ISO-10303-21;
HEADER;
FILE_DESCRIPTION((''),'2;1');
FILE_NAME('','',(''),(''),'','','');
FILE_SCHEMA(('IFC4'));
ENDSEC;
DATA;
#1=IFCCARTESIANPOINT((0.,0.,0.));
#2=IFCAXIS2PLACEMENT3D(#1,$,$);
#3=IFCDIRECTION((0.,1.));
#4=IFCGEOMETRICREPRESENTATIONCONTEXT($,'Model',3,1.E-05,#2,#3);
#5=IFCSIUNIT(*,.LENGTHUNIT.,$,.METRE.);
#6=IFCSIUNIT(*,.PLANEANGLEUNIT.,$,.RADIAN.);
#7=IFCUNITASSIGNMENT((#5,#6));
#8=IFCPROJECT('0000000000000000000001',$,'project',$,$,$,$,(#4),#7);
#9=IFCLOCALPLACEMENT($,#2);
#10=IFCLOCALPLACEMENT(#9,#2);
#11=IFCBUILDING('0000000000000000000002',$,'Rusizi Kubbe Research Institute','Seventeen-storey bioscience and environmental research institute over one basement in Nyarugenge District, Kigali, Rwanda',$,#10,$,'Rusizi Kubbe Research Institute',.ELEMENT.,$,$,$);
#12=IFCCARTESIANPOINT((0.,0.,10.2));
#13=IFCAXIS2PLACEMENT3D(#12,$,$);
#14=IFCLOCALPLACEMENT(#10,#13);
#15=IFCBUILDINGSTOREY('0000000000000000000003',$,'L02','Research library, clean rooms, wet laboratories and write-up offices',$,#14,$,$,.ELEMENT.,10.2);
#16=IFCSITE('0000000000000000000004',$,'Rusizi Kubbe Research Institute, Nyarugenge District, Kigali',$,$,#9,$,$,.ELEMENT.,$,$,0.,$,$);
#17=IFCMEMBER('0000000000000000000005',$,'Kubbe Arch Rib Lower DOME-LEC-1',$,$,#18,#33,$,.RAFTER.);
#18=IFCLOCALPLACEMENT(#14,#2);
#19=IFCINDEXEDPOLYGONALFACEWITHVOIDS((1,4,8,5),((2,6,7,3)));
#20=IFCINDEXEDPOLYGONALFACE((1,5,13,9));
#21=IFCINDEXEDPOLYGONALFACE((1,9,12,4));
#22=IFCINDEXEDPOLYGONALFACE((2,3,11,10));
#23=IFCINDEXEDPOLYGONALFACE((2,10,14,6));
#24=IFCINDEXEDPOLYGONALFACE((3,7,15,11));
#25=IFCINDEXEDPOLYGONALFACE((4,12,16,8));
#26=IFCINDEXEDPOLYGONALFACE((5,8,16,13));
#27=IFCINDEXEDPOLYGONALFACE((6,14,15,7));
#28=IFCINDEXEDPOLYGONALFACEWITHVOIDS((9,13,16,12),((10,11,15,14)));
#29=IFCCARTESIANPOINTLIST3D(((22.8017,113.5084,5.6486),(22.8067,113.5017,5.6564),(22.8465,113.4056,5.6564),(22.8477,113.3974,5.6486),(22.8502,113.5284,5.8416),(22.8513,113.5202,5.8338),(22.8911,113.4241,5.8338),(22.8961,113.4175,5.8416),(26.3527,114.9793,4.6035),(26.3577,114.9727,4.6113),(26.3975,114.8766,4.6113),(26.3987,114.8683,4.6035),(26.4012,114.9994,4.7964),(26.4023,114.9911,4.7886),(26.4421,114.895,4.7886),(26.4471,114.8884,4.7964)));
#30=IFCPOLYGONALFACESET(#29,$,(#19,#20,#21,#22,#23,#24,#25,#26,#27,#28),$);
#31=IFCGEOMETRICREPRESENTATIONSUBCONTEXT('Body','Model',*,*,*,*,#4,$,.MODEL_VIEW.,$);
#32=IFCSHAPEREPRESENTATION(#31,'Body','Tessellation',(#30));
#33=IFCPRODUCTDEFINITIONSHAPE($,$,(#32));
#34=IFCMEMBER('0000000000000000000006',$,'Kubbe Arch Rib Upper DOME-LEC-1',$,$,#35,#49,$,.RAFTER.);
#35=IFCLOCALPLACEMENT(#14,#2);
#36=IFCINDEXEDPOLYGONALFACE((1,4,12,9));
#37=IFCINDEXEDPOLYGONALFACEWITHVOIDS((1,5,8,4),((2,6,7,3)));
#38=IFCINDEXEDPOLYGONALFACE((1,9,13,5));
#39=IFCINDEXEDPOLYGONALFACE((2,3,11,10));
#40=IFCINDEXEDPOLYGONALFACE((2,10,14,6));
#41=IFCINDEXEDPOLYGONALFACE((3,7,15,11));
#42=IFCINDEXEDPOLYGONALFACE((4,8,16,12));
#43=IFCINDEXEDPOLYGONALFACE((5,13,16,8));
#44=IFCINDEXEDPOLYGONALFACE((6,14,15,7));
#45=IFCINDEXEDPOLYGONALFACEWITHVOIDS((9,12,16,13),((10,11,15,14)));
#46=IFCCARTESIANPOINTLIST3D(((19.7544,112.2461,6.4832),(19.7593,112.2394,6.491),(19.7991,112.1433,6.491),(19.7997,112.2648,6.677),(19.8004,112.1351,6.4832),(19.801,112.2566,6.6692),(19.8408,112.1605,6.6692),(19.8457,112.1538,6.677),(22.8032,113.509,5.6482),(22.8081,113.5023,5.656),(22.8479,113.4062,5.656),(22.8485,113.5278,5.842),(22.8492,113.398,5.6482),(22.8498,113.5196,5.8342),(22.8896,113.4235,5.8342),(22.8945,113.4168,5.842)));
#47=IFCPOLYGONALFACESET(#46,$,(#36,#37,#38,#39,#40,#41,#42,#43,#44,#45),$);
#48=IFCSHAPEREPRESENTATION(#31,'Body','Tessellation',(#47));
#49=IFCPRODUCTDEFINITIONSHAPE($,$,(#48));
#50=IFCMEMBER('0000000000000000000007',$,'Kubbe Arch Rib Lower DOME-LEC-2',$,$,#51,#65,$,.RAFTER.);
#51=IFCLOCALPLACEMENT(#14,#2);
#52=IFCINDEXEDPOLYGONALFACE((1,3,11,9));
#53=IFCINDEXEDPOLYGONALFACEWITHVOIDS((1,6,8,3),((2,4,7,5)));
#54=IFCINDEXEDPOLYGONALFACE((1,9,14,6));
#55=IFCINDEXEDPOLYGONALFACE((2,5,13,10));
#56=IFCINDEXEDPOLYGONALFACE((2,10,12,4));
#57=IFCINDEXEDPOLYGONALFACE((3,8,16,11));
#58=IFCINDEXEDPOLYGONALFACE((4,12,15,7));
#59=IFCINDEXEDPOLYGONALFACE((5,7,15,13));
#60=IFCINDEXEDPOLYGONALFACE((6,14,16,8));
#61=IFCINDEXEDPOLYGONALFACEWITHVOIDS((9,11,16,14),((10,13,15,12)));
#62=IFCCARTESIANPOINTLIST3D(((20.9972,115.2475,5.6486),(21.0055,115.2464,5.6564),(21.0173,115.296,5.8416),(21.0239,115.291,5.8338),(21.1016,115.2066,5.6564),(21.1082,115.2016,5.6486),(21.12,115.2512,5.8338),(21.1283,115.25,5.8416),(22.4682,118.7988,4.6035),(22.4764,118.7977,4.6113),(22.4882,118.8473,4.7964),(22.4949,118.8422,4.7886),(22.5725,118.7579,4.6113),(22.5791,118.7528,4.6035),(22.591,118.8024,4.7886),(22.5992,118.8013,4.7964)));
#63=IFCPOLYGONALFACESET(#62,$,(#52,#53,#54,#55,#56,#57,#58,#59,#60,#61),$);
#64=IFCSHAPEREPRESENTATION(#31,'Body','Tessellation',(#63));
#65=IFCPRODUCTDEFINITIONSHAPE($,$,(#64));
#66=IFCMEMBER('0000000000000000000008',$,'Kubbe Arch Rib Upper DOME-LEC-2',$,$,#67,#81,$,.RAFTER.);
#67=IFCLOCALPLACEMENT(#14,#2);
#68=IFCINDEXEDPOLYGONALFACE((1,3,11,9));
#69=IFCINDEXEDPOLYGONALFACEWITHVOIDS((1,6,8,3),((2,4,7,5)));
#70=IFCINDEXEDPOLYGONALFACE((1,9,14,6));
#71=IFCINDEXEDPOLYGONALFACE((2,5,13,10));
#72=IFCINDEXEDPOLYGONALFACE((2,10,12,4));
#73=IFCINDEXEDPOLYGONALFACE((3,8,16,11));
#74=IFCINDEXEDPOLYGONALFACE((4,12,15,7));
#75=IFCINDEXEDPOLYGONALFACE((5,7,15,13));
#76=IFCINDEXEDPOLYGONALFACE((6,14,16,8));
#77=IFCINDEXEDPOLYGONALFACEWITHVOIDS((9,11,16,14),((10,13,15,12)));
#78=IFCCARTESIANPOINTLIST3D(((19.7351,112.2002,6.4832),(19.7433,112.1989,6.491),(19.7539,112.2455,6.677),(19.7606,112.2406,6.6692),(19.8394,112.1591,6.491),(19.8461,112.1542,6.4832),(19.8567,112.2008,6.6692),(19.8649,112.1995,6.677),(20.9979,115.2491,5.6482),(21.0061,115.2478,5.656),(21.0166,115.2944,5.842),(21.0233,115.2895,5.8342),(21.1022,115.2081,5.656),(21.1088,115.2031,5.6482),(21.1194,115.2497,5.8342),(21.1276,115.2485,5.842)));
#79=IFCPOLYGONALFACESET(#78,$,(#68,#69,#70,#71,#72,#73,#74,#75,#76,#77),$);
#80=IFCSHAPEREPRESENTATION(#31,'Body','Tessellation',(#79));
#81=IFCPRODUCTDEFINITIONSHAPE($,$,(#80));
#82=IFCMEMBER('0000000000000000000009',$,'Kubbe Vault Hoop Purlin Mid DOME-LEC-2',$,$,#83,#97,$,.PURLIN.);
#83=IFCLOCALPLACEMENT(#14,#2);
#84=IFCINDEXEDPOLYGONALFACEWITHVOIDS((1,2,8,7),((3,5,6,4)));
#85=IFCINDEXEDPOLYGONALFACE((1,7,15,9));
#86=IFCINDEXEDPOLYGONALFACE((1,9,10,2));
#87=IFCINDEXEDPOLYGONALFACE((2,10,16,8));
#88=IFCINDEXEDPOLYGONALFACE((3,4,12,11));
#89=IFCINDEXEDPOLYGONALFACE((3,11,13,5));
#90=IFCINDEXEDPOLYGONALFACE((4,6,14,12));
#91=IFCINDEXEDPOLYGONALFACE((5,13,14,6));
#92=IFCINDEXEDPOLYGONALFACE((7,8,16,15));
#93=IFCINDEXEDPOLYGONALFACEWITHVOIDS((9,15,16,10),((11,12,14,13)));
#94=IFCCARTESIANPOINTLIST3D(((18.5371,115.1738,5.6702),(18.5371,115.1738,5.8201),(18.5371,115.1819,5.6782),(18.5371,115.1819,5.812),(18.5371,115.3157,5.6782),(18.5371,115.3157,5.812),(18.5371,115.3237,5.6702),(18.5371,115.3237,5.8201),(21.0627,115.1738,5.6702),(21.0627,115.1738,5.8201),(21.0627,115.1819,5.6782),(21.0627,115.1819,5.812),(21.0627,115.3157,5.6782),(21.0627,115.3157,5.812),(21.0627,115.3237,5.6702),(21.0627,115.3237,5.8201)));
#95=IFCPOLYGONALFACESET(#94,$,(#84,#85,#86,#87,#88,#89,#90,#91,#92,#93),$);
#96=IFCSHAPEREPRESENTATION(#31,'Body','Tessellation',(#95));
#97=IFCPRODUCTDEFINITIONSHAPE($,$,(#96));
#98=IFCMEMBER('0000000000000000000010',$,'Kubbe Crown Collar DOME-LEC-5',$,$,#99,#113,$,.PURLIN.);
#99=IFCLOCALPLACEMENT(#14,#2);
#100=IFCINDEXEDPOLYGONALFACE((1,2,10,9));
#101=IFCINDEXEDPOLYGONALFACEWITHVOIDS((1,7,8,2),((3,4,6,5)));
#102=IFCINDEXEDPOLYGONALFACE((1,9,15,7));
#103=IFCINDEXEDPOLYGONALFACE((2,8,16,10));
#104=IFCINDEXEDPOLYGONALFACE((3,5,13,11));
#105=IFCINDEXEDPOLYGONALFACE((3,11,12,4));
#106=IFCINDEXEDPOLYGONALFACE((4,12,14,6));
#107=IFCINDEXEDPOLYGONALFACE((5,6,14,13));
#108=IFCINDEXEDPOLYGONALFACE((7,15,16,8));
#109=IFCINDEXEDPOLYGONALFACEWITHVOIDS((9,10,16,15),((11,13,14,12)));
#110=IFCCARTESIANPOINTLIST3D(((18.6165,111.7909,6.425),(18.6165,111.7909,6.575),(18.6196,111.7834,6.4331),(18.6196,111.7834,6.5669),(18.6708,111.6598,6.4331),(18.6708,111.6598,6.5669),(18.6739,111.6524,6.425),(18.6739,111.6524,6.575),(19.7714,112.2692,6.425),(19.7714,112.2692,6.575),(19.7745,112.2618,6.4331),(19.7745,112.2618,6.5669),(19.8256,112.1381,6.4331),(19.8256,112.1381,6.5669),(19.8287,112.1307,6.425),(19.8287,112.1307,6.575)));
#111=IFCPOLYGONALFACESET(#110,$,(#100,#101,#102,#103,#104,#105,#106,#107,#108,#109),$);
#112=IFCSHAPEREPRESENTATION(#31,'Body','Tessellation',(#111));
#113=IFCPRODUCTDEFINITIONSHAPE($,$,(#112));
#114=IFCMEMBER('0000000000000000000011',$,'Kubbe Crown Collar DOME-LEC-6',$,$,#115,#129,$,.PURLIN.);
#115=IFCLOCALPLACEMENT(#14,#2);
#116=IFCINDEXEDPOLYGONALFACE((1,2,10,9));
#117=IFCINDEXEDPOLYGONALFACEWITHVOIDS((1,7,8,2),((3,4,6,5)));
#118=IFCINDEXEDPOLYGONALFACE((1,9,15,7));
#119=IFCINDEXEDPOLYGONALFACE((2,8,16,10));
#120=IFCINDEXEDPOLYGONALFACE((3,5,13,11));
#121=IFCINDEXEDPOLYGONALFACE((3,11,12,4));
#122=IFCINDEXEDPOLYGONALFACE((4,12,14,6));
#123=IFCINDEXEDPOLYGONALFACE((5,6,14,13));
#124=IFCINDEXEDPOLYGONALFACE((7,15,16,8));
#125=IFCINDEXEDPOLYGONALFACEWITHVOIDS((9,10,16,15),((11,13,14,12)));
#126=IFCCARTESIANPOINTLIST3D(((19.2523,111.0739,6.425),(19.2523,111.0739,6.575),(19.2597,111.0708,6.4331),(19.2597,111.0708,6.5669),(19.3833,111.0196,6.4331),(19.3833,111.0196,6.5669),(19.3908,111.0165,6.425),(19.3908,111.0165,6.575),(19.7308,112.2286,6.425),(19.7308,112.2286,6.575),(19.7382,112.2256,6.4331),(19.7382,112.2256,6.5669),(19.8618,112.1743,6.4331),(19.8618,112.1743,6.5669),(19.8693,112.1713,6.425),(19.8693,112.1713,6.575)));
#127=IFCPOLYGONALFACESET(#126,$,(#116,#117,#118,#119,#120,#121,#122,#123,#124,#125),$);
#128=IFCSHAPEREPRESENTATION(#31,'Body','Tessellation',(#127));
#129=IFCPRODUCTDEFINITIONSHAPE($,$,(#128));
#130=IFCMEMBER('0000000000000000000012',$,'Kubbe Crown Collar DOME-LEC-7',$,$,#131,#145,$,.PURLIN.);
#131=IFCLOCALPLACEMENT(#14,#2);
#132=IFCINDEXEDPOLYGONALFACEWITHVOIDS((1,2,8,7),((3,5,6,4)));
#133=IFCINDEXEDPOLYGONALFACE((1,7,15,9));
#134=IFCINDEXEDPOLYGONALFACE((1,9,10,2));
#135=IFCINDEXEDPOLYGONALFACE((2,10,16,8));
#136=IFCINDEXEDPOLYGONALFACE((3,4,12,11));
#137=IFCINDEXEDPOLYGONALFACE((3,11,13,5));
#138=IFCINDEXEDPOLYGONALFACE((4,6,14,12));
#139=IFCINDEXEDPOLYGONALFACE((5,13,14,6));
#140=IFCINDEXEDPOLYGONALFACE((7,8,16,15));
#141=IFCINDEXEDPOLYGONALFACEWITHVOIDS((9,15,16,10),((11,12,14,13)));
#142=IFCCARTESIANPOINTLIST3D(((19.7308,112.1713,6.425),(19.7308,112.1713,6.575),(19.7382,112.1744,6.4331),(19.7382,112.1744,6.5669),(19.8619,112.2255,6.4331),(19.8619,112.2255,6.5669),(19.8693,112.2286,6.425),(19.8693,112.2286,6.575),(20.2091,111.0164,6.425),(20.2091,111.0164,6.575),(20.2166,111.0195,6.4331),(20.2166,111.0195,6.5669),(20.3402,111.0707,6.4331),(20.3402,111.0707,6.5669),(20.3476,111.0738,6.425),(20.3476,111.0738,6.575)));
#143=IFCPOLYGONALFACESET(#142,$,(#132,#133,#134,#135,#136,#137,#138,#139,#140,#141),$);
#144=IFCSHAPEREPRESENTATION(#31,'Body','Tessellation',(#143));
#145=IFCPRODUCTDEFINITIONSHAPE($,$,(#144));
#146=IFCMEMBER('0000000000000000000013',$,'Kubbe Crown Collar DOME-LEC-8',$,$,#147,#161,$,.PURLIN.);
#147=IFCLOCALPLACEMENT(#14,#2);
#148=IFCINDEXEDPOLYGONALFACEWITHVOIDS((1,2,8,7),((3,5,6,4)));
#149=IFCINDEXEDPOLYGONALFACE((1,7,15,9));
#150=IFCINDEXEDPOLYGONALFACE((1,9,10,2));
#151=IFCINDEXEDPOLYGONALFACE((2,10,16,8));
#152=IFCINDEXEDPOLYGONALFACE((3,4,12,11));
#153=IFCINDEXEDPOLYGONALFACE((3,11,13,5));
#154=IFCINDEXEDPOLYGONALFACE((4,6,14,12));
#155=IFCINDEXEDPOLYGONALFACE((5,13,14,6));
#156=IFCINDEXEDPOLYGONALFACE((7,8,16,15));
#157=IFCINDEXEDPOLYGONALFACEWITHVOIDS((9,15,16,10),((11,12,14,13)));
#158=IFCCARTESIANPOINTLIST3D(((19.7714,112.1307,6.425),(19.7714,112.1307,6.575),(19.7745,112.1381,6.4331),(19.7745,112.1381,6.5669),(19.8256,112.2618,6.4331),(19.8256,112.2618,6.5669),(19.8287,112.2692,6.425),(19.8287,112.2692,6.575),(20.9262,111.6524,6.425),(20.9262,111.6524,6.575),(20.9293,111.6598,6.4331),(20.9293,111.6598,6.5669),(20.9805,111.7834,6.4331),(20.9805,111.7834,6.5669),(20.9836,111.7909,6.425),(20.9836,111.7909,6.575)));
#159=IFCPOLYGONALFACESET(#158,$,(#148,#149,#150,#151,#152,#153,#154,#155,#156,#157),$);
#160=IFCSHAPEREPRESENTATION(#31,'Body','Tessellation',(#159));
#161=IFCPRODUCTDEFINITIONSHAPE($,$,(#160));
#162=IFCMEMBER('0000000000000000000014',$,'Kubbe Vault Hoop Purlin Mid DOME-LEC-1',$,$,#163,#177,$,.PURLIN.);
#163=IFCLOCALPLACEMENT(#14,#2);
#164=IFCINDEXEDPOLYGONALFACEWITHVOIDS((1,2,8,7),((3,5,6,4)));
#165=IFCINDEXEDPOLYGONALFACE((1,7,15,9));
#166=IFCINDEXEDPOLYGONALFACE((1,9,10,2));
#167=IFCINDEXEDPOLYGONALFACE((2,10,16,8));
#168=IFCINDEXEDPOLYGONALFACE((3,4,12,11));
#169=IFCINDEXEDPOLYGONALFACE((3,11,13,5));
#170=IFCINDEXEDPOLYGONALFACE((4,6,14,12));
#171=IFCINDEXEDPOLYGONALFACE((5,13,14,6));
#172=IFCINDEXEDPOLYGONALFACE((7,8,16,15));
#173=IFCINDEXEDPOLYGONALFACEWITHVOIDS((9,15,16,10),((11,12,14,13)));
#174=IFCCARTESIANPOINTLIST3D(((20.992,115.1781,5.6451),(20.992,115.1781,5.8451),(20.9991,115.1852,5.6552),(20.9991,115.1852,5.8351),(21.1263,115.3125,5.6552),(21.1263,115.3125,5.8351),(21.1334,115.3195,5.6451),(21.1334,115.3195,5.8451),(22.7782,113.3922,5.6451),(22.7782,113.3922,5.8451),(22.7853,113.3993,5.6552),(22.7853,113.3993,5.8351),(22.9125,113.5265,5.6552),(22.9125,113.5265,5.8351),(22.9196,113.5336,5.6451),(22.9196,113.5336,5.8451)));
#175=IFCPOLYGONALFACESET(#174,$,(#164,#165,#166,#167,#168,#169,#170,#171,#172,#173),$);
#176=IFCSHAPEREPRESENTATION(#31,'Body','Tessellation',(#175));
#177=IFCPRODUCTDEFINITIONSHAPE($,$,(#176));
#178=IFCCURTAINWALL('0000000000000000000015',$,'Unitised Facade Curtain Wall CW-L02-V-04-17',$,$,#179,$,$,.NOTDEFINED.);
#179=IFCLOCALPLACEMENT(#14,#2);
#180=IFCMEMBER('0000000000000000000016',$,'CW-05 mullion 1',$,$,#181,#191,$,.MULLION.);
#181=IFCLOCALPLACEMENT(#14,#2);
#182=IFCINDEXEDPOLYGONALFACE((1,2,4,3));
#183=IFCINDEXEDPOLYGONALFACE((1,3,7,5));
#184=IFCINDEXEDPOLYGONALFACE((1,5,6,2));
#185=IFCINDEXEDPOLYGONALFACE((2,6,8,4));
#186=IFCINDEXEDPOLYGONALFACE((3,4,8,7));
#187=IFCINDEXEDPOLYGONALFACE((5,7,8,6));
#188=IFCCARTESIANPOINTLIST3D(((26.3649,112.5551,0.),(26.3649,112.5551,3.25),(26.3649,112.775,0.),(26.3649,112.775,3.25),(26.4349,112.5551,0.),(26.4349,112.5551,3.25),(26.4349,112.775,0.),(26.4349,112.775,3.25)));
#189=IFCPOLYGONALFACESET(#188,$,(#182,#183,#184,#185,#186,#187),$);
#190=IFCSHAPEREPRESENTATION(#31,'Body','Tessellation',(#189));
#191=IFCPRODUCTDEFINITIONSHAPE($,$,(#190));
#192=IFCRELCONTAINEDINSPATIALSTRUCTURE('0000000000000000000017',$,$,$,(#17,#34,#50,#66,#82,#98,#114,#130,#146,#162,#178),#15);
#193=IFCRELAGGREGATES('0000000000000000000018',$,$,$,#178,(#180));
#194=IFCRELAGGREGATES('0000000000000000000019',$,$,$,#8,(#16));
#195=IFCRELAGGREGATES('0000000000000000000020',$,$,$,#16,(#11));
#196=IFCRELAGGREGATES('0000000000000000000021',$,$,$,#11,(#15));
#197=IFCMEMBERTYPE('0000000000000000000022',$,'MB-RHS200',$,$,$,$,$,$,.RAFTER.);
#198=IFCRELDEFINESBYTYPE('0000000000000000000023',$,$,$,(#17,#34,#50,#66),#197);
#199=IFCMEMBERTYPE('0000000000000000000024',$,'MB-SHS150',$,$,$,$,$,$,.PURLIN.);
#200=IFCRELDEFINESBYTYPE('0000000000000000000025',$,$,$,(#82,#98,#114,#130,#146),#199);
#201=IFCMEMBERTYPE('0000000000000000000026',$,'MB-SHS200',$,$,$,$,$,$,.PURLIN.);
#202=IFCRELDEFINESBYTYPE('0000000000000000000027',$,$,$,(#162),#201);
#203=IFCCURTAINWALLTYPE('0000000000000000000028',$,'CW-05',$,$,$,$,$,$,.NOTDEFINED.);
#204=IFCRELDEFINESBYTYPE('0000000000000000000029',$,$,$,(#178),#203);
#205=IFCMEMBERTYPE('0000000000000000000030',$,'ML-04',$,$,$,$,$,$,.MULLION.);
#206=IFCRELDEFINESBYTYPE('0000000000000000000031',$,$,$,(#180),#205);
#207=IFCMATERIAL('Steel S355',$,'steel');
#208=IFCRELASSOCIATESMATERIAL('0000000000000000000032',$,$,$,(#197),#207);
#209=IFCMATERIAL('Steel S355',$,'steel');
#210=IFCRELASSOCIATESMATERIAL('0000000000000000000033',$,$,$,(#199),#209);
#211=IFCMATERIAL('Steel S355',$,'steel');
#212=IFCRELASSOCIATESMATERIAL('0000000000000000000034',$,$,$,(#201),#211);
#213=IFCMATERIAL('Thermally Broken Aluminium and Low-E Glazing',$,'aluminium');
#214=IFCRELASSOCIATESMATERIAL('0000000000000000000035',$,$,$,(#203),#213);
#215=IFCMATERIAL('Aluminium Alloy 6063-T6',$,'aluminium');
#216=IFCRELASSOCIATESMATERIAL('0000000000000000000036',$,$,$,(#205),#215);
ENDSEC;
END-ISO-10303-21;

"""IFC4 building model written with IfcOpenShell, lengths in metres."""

from ifc_helpers import new_model, si_unit, direction, frame, origin, origin_2d, place, context, subcontext, project, spatial, rectangle, hollow_rectangle, extrude, material, material_profile, profile_set, type_object, element, aggregate, save


model = new_model("IFC4")

# Units and contexts
model_context = context("Model", 3, precision=1e-05, world=origin(), true_north=direction((0.0, 1.0)))
body_context = subcontext(model_context, "Body", "Model", "MODEL_VIEW")
ifc_project = project(units=[si_unit("LENGTHUNIT", "METRE"), si_unit("PLANEANGLEUNIT", "RADIAN")], contexts=[model_context])

# Site, building, storey
site_placement = place(None, origin())
site = spatial("IfcSite", under=ifc_project, at=site_placement, Name="Rusizi Kubbe Research Institute, Nyarugenge District, Kigali", CompositionType="ELEMENT", RefElevation=0.0)
building_placement = place(site_placement, origin())
building = spatial("IfcBuilding", under=site, at=building_placement, Name="Rusizi Kubbe Research Institute", Description="Seventeen-storey bioscience and environmental research institute over one basement in Nyarugenge District, Kigali, Rwanda", LongName="Rusizi Kubbe Research Institute", CompositionType="ELEMENT")
storey_placement = place(building_placement, frame((0.0, 0.0, 10.2)))
storey = spatial("IfcBuildingStorey", under=building, at=storey_placement, Name="L02", Description="Research library, clean rooms, wet laboratories and write-up offices", CompositionType="ELEMENT", Elevation=10.2)

# Members
ifc_material_1 = material(Name="Steel S355", Category="steel")
ifc_material_profile_1 = material_profile(ifc_material_1, hollow_rectangle(XDim=0.1201, YDim=0.2, WallThickness=0.0081, at=origin_2d()), Name="RHS 200x120x8.0")
ifc_profile_set_1 = profile_set([ifc_material_profile_1], Name="Steel S355")
member_type_1 = type_object("IfcMemberType", Name="MB-RHS200", PredefinedType="RAFTER", material=ifc_profile_set_1)
member_1_placement = place(storey_placement, frame((26.3999, 114.9338, 4.7), z_axis=(-0.891502, -0.369288, 0.262394), x_axis=(0.382698, -0.923874, 0.0)))
element("IfcMember", 1, at=member_1_placement, inside=storey, type_object=member_type_1, Name="Kubbe Arch Rib Lower DOME-LEC-1", PredefinedType="RAFTER", context=body_context, shape_type="SweptSolid", body=[
    extrude(hollow_rectangle(XDim=0.1201, YDim=0.2, WallThickness=0.0081, at=origin_2d()), origin(), (0.0, 0.0, 1.0), 3.9832),
])
member_2_placement = place(storey_placement, frame((22.8489, 113.4629, 5.7451), z_axis=(-0.895648, -0.371011, 0.245285), x_axis=(0.382702, -0.923872, 0.0)))
element("IfcMember", 2, at=member_2_placement, inside=storey, type_object=member_type_1, Name="Kubbe Arch Rib Upper DOME-LEC-1", PredefinedType="RAFTER", context=body_context, shape_type="SweptSolid", body=[
    extrude(hollow_rectangle(XDim=0.1201, YDim=0.2, WallThickness=0.0081, at=origin_2d()), origin(), (0.0, 0.0, 1.0), 3.4041),
])
member_3_placement = place(storey_placement, frame((22.5337, 118.8, 4.7), z_axis=(-0.369268, -0.891514, 0.26238), x_axis=(0.923883, -0.382675, 0.0)))
element("IfcMember", 3, at=member_3_placement, inside=storey, type_object=member_type_1, Name="Kubbe Arch Rib Lower DOME-LEC-2", PredefinedType="RAFTER", context=body_context, shape_type="SweptSolid", body=[
    extrude(hollow_rectangle(XDim=0.1201, YDim=0.2, WallThickness=0.0081, at=origin_2d()), origin(), (0.0, 0.0, 1.0), 3.9834),
])
member_4_placement = place(storey_placement, frame((21.0627, 115.2488, 5.7451), z_axis=(-0.370949, -0.895672, 0.245291), x_axis=(0.923898, -0.382639, 0.0)))
element("IfcMember", 4, at=member_4_placement, inside=storey, type_object=member_type_1, Name="Kubbe Arch Rib Upper DOME-LEC-2", PredefinedType="RAFTER", context=body_context, shape_type="SweptSolid", body=[
    extrude(hollow_rectangle(XDim=0.1201, YDim=0.2, WallThickness=0.0081, at=origin_2d()), origin(), (0.0, 0.0, 1.0), 3.4041),
])
ifc_material_2 = material(Name="Steel S355", Category="steel")
ifc_material_profile_2 = material_profile(ifc_material_2, hollow_rectangle(XDim=0.1499, YDim=0.1499, WallThickness=0.0081, at=origin_2d()), Name="SHS 150x150x8.0")
ifc_profile_set_2 = profile_set([ifc_material_profile_2], Name="Steel S355")
member_type_2 = type_object("IfcMemberType", Name="MB-SHS150", PredefinedType="PURLIN", material=ifc_profile_set_2)
member_5_placement = place(storey_placement, frame((21.0627, 115.2488, 5.7451), z_axis=(-1.0, 0.0, 0.0), x_axis=(0.0, -1.0, 0.0)))
element("IfcMember", 5, at=member_5_placement, inside=storey, type_object=member_type_2, Name="Kubbe Vault Hoop Purlin Mid DOME-LEC-2", PredefinedType="PURLIN", context=body_context, shape_type="SweptSolid", body=[
    extrude(hollow_rectangle(XDim=0.1499, YDim=0.1499, WallThickness=0.0081, at=origin_2d()), origin(), (0.0, 0.0, 1.0), 2.5256),
])
for number, where, z_axis, x_axis, name in (
    (6, (19.8, 112.2, 6.5), (-0.923895, -0.382645, 0.0), (0.382645, -0.923895, 0.0), "Kubbe Crown Collar DOME-LEC-5"),
    (7, (19.8, 112.2, 6.5), (-0.382812, -0.923826, 0.0), (0.923826, -0.382812, 0.0), "Kubbe Crown Collar DOME-LEC-6"),
    (8, (19.8, 112.2, 6.5), (0.382645, -0.923895, 0.0), (0.923895, 0.382645, 0.0), "Kubbe Crown Collar DOME-LEC-7"),
    (9, (19.8, 112.2, 6.5), (0.923895, -0.382645, 0.0), (0.382645, 0.923895, 0.0), "Kubbe Crown Collar DOME-LEC-8"),
):
    element("IfcMember", number, at=place(storey_placement, frame(where, z_axis=z_axis, x_axis=x_axis)), inside=storey, type_object=member_type_2, Name=name, PredefinedType="PURLIN", context=body_context, shape_type="SweptSolid", body=[
        extrude(hollow_rectangle(XDim=0.1499, YDim=0.1499, WallThickness=0.0081, at=origin_2d()), origin(), (0.0, 0.0, 1.0), 1.25),
    ])
ifc_material_3 = material(Name="Steel S355", Category="steel")
ifc_material_profile_3 = material_profile(ifc_material_3, hollow_rectangle(XDim=0.2, YDim=0.2, WallThickness=0.01, at=origin_2d()), Name="SHS 200x200x10.0")
ifc_profile_set_3 = profile_set([ifc_material_profile_3], Name="Steel S355")
member_type_3 = type_object("IfcMemberType", Name="MB-SHS200", PredefinedType="PURLIN", material=ifc_profile_set_3)
member_6_placement = place(storey_placement, frame((22.8489, 113.4629, 5.7451), z_axis=(-0.707155, 0.707058, 0.0), x_axis=(-0.707058, -0.707155, 0.0)))
element("IfcMember", 10, at=member_6_placement, inside=storey, type_object=member_type_3, Name="Kubbe Vault Hoop Purlin Mid DOME-LEC-1", PredefinedType="PURLIN", context=body_context, shape_type="SweptSolid", body=[
    extrude(hollow_rectangle(XDim=0.2, YDim=0.2, WallThickness=0.01, at=origin_2d()), origin(), (0.0, 0.0, 1.0), 2.5259),
])

# Curtain wall, member
ifc_material_4 = material(Name="Thermally Broken Aluminium and Low-E Glazing", Category="aluminium")
curtain_wall_type = type_object("IfcCurtainWallType", Name="CW-05", PredefinedType="NOTDEFINED", material=ifc_material_4)
curtain_wall_placement = place(storey_placement, origin())
curtain_wall = element("IfcCurtainWall", 11, at=curtain_wall_placement, inside=storey, type_object=curtain_wall_type, Name="Unitised Facade Curtain Wall CW-L02-V-04-17", PredefinedType="NOTDEFINED")
ifc_material_5 = material(Name="Aluminium Alloy 6063-T6", Category="aluminium")
ifc_material_profile_4 = material_profile(ifc_material_5, rectangle(XDim=0.0701, YDim=0.22, at=origin_2d()), Name="ALU-M 70x220")
ifc_profile_set_4 = profile_set([ifc_material_profile_4], Name="Aluminium Alloy 6063-T6")
member_type_4 = type_object("IfcMemberType", Name="ML-04", PredefinedType="MULLION", material=ifc_profile_set_4)
member_7_placement = place(storey_placement, frame((26.3999, 112.665, 0.0), z_axis=(0.0, 0.0, 1.0), x_axis=(-1.0, 0.0, 0.0)))
member_7 = element("IfcMember", 12, at=member_7_placement, type_object=member_type_4, Name="CW-05 mullion 1", PredefinedType="MULLION", context=body_context, shape_type="SweptSolid", body=[
    extrude(rectangle(XDim=0.0701, YDim=0.22, at=origin_2d()), origin(), (0.0, 0.0, 1.0), 3.25),
])
aggregate(curtain_wall, [member_7])

save(model, "model.ifc")
